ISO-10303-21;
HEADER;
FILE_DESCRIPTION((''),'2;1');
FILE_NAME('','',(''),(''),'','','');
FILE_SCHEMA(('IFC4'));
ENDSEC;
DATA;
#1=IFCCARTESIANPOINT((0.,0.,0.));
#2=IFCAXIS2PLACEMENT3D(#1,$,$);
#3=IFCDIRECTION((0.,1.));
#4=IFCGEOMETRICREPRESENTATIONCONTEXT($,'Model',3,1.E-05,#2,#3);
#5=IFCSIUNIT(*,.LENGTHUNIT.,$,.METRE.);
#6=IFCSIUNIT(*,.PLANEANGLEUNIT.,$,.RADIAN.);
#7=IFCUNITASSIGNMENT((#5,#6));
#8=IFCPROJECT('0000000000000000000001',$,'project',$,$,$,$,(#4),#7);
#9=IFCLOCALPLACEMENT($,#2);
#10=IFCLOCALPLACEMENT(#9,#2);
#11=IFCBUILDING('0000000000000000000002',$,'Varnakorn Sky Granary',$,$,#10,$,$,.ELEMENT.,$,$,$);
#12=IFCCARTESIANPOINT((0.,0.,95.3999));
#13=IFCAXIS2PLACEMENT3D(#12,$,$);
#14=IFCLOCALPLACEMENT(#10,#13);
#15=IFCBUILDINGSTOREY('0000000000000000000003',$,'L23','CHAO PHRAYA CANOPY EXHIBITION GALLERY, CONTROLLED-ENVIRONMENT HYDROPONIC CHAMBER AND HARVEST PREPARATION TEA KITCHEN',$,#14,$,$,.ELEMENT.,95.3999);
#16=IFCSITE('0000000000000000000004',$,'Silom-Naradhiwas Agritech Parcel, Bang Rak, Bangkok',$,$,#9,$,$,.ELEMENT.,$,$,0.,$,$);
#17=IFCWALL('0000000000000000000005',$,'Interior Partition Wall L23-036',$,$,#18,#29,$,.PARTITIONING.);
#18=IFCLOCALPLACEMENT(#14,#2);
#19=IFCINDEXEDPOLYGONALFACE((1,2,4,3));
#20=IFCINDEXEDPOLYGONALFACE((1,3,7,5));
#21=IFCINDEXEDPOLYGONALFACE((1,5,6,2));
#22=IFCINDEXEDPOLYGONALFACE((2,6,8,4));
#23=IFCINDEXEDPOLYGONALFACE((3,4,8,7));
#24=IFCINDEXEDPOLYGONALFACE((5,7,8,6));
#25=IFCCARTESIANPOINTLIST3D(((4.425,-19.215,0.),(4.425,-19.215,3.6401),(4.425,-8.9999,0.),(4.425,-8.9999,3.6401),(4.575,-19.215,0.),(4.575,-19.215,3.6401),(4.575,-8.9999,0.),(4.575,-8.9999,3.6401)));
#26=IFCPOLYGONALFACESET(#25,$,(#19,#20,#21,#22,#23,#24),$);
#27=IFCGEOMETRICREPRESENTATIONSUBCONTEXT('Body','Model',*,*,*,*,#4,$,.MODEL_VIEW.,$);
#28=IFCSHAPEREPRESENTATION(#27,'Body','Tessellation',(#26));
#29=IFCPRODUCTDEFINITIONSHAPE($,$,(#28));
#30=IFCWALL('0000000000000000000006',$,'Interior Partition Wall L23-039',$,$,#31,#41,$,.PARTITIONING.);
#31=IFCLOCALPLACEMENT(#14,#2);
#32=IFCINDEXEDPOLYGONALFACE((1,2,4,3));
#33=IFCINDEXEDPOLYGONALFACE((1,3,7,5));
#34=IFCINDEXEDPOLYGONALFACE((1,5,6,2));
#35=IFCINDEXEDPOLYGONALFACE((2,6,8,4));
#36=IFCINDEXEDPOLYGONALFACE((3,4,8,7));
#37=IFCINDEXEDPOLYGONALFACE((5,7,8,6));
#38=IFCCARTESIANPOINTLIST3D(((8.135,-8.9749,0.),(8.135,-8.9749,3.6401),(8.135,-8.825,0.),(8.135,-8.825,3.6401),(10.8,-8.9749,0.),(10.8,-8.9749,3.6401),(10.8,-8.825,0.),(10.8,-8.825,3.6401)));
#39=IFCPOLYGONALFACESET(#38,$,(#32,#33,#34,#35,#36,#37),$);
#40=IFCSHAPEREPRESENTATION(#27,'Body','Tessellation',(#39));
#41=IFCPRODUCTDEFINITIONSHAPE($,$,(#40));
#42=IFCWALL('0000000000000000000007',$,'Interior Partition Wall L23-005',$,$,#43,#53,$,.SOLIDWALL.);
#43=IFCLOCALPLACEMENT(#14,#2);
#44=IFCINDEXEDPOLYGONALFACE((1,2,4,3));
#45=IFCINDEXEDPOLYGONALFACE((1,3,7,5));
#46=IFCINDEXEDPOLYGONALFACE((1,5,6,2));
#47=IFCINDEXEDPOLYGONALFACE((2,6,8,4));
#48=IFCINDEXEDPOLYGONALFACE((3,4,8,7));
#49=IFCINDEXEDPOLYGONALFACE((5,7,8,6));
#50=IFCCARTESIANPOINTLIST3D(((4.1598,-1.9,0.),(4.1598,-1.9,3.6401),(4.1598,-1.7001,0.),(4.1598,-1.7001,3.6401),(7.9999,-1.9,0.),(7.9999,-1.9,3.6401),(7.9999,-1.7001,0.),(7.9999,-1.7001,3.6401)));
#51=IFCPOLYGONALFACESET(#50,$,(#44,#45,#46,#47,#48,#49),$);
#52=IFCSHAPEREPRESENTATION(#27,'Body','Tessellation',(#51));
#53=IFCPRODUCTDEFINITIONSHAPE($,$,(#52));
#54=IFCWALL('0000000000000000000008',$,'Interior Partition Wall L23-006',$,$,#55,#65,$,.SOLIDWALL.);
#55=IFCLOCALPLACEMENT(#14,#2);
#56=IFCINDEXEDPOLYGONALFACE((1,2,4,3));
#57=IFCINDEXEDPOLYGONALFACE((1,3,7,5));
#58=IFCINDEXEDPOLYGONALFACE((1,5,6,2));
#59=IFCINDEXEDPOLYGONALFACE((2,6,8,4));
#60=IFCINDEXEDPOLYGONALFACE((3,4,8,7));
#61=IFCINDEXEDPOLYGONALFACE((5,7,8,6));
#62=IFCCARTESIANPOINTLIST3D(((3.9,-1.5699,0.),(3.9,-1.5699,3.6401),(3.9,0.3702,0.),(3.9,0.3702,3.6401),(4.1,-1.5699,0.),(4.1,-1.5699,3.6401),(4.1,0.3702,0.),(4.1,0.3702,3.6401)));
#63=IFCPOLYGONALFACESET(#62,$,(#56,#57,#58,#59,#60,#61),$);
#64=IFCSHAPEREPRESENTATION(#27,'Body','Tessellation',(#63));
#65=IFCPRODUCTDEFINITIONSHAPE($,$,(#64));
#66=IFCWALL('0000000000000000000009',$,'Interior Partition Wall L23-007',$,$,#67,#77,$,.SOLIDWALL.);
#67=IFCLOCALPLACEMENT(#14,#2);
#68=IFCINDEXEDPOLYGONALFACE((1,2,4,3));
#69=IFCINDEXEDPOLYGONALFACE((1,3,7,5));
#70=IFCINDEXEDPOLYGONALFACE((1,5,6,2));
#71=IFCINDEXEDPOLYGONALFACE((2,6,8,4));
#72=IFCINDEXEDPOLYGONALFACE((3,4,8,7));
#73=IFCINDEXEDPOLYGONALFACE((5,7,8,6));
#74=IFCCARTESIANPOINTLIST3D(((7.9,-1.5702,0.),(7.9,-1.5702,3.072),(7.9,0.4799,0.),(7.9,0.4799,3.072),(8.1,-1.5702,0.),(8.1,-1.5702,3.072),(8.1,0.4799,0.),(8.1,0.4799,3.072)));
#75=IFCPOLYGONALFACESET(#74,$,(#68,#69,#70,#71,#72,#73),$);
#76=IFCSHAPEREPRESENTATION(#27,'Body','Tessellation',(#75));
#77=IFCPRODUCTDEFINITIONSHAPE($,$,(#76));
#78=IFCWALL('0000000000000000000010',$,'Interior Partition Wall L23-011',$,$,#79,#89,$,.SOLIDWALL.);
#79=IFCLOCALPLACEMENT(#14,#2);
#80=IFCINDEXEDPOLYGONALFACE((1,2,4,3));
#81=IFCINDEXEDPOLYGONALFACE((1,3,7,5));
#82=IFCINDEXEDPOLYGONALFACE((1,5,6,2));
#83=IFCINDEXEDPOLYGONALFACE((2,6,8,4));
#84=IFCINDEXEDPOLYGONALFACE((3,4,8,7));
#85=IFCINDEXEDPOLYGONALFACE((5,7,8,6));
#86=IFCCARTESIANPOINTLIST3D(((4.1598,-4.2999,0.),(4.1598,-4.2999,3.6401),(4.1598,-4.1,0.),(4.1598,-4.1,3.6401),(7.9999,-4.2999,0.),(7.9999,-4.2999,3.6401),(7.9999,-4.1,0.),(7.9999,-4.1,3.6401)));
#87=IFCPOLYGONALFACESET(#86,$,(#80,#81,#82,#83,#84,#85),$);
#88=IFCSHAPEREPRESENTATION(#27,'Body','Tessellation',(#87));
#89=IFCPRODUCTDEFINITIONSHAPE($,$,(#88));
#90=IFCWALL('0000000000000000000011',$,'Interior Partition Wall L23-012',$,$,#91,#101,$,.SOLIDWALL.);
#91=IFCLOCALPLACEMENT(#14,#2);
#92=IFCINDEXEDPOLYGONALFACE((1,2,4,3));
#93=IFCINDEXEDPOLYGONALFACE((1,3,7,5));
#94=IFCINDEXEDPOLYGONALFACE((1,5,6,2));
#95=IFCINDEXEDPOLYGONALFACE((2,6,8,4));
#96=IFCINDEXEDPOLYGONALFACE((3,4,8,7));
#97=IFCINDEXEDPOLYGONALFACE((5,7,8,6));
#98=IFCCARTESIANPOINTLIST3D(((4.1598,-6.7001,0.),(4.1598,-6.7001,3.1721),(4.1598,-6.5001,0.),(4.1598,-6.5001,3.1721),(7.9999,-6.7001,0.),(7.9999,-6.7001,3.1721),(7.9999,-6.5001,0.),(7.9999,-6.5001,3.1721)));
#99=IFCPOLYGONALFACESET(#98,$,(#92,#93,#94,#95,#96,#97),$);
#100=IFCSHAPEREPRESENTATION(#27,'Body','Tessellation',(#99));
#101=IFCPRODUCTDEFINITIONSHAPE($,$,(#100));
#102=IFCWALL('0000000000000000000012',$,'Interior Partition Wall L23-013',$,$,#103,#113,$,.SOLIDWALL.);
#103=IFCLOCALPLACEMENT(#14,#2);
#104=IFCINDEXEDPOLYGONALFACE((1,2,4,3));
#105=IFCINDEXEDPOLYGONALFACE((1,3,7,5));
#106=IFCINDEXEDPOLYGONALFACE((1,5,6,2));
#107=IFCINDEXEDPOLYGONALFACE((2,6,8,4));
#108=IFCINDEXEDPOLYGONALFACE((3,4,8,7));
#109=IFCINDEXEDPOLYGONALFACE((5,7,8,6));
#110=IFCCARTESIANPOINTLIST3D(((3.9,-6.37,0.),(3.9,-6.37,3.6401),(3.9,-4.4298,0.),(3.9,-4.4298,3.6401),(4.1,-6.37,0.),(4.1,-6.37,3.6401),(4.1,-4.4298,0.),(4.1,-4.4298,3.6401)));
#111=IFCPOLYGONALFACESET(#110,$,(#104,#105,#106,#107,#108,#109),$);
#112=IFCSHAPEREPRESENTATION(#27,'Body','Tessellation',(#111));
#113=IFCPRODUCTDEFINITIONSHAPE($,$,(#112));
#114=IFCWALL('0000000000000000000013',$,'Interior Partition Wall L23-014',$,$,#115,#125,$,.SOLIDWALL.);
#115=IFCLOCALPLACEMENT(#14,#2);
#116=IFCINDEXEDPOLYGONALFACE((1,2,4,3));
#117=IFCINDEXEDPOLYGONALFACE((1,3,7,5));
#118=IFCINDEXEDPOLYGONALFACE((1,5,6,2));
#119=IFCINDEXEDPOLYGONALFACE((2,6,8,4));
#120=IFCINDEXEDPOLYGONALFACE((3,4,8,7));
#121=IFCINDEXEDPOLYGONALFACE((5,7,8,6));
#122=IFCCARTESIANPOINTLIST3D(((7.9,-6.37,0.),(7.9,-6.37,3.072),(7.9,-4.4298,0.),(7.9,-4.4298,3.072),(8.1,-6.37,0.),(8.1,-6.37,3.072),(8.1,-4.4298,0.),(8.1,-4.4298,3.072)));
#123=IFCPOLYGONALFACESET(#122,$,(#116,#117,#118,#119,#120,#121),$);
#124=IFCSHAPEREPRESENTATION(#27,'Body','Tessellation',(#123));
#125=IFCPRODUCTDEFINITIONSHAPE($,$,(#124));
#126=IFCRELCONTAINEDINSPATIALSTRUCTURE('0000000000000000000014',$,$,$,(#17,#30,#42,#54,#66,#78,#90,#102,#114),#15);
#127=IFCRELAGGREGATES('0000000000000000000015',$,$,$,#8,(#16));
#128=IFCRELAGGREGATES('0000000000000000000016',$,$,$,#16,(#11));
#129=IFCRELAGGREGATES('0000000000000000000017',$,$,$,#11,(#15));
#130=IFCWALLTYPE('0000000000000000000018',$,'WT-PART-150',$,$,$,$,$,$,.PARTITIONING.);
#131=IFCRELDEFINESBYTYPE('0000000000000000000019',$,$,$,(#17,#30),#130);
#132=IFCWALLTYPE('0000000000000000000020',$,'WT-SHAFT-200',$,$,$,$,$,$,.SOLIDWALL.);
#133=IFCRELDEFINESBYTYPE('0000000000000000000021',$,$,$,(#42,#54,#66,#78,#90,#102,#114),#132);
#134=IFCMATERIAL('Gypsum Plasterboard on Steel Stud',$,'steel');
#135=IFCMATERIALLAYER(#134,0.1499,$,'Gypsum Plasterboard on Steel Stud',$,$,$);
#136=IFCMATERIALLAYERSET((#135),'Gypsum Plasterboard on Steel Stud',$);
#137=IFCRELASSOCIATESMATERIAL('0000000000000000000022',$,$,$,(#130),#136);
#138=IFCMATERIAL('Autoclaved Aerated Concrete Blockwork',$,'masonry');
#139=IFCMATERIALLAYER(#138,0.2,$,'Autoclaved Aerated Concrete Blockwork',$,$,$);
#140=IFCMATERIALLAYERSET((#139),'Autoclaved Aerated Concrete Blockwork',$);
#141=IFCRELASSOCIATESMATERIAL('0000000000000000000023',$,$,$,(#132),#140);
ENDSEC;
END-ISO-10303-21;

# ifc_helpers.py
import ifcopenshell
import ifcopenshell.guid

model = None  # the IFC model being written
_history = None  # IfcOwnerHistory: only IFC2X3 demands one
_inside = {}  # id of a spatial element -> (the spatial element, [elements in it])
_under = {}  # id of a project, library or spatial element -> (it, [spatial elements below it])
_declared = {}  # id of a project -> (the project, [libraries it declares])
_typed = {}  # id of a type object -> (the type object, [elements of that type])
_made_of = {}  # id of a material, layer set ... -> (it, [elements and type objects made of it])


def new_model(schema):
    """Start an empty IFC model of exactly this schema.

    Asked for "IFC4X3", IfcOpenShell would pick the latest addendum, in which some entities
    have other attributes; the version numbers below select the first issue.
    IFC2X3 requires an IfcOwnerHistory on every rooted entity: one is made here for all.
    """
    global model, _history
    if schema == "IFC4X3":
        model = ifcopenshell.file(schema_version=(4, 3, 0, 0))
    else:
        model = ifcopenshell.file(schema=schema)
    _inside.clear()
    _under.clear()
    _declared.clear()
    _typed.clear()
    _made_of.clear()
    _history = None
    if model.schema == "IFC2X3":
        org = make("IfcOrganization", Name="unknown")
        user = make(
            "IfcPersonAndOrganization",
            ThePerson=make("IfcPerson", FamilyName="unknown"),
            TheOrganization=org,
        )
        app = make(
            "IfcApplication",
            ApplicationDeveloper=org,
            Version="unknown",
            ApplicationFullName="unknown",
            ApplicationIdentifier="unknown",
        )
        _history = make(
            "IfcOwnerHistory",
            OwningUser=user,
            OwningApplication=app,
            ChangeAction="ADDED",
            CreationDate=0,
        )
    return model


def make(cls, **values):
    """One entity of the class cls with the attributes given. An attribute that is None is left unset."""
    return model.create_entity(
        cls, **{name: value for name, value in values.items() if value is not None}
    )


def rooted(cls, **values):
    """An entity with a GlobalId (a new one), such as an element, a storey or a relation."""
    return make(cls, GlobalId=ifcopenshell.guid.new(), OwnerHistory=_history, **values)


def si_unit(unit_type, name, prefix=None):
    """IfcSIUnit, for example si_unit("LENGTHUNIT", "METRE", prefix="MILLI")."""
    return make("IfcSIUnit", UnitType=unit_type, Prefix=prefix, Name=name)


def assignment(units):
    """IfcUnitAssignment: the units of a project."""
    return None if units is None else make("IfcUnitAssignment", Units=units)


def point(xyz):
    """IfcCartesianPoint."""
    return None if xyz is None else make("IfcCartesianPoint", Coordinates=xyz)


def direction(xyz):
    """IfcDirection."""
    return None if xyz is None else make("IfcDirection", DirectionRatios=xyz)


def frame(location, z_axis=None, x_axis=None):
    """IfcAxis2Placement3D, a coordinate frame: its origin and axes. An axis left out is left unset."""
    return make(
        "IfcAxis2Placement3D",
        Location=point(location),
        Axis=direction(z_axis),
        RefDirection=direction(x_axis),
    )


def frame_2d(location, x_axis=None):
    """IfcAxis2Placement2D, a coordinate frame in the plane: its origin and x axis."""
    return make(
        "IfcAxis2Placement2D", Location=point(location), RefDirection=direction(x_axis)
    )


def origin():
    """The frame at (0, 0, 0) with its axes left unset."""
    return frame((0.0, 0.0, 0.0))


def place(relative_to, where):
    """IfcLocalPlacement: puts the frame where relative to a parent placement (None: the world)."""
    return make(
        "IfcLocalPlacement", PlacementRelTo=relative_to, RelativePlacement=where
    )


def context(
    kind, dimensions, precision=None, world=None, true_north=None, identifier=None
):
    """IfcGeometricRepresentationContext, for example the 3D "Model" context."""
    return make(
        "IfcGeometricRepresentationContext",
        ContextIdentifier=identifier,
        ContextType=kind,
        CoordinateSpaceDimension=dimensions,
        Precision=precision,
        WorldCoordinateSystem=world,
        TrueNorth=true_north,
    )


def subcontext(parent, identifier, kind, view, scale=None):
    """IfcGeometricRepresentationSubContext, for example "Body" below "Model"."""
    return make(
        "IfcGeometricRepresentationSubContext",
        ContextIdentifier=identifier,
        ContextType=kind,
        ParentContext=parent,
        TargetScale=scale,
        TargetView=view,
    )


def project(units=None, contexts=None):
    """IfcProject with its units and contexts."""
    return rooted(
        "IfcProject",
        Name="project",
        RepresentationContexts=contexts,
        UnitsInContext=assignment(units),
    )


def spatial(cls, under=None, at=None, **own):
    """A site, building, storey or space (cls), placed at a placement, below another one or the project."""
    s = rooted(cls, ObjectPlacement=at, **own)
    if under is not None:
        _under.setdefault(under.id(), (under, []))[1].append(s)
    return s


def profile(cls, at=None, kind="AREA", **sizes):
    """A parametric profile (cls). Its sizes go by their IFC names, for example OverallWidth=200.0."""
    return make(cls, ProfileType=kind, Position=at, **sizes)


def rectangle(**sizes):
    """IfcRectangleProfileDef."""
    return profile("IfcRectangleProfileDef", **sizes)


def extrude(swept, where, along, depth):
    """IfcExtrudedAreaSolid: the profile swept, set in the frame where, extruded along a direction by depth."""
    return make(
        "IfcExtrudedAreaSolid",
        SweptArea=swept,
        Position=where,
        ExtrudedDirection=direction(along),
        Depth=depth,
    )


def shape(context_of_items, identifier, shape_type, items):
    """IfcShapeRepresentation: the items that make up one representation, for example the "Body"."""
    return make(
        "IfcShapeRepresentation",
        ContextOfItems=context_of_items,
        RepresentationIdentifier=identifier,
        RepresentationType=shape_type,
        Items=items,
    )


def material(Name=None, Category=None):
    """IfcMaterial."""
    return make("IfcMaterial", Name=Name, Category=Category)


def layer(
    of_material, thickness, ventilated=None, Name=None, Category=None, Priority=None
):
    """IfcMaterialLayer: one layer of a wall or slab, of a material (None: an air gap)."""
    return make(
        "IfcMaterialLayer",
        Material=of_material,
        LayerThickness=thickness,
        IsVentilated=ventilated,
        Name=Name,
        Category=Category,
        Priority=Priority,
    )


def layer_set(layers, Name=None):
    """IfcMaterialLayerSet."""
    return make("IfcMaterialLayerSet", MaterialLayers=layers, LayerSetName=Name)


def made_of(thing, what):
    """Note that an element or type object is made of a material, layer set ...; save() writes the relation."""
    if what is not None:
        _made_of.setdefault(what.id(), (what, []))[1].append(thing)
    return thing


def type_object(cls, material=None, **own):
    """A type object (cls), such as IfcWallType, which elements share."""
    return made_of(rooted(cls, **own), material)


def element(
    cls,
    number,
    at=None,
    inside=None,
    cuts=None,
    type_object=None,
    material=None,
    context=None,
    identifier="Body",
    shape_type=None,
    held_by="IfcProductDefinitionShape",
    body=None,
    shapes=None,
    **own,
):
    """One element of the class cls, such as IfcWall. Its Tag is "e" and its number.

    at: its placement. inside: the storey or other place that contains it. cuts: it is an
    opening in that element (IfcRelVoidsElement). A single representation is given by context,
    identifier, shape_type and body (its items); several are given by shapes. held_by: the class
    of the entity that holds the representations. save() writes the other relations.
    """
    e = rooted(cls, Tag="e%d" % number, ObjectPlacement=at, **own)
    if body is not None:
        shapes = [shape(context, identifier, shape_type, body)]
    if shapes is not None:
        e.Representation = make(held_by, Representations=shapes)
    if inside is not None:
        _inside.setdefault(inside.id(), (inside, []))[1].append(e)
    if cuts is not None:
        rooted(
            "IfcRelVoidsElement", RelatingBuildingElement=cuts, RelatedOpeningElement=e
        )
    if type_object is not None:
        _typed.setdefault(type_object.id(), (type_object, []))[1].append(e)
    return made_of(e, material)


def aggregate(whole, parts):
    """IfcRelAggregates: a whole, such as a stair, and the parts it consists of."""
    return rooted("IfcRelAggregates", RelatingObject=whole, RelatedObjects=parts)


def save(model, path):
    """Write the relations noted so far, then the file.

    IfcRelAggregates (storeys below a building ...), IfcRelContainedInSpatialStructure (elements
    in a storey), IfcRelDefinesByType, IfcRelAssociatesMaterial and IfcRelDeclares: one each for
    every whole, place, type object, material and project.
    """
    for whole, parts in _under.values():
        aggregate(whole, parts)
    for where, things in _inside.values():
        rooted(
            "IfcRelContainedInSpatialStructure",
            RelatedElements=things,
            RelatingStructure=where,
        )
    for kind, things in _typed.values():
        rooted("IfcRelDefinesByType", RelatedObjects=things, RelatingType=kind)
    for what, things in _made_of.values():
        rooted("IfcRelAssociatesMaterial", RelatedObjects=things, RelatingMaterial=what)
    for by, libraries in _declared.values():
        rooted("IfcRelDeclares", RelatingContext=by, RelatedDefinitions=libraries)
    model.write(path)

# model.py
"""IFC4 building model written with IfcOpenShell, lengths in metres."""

from ifc_helpers import new_model, si_unit, direction, frame, frame_2d, origin, place, context, subcontext, project, spatial, rectangle, extrude, material, layer, layer_set, type_object, element, save


model = new_model("IFC4")

# Units and contexts
model_context = context("Model", 3, precision=1e-05, world=origin(), true_north=direction((0.0, 1.0)))
body_context = subcontext(model_context, "Body", "Model", "MODEL_VIEW")
ifc_project = project(units=[si_unit("LENGTHUNIT", "METRE"), si_unit("PLANEANGLEUNIT", "RADIAN")], contexts=[model_context])

# Site, building, storey
site_placement = place(None, origin())
site = spatial("IfcSite", under=ifc_project, at=site_placement, Name="Silom-Naradhiwas Agritech Parcel, Bang Rak, Bangkok", CompositionType="ELEMENT", RefElevation=0.0)
building_placement = place(site_placement, origin())
building = spatial("IfcBuilding", under=site, at=building_placement, Name="Varnakorn Sky Granary", CompositionType="ELEMENT")
storey_placement = place(building_placement, frame((0.0, 0.0, 95.3999)))
storey = spatial("IfcBuildingStorey", under=building, at=storey_placement, Name="L23", Description="CHAO PHRAYA CANOPY EXHIBITION GALLERY, CONTROLLED-ENVIRONMENT HYDROPONIC CHAMBER AND HARVEST PREPARATION TEA KITCHEN", CompositionType="ELEMENT", Elevation=95.3999)

# Shared definitions
ifc_material_1 = material(Name="Autoclaved Aerated Concrete Blockwork", Category="masonry")
ifc_material_2 = material(Name="Gypsum Plasterboard on Steel Stud", Category="steel")
ifc_layer_1 = layer(ifc_material_2, 0.1499, Name="Gypsum Plasterboard on Steel Stud")
ifc_layer_set_1 = layer_set([ifc_layer_1], Name="Gypsum Plasterboard on Steel Stud")
wall_type_1 = type_object("IfcWallType", Name="WT-PART-150", PredefinedType="PARTITIONING", material=ifc_layer_set_1)

# Walls
wall_1_placement = place(storey_placement, frame((4.5, -9.0, 0.0), z_axis=(0.0, 0.0, 1.0), x_axis=(0.0, -1.0, 0.0)))
element("IfcWall", 1, at=wall_1_placement, inside=storey, type_object=wall_type_1, Name="Interior Partition Wall L23-036", PredefinedType="PARTITIONING", context=body_context, shape_type="SweptSolid", body=[
    extrude(rectangle(XDim=10.2151, YDim=0.1499, at=frame_2d((5.1074, 0.0))), origin(), (0.0, 0.0, 1.0), 3.6401),
])
wall_2_placement = place(storey_placement, frame((8.135, -8.8999, 0.0), z_axis=(0.0, 0.0, 1.0), x_axis=(1.0, 0.0, 0.0)))
element("IfcWall", 2, at=wall_2_placement, inside=storey, type_object=wall_type_1, Name="Interior Partition Wall L23-039", PredefinedType="PARTITIONING", context=body_context, shape_type="SweptSolid", body=[
    extrude(rectangle(XDim=2.665, YDim=0.1499, at=frame_2d((1.3325, 0.0))), origin(), (0.0, 0.0, 1.0), 3.6401),
])
ifc_layer_2 = layer(ifc_material_1, 0.2, Name="Autoclaved Aerated Concrete Blockwork")
ifc_layer_set_2 = layer_set([ifc_layer_2], Name="Autoclaved Aerated Concrete Blockwork")
wall_type_2 = type_object("IfcWallType", Name="WT-SHAFT-200", PredefinedType="SOLIDWALL", material=ifc_layer_set_2)
wall_3_placement = place(storey_placement, frame((4.1599, -1.8, 0.0), z_axis=(0.0, 0.0, 1.0), x_axis=(1.0, 0.0, 0.0)))
element("IfcWall", 3, at=wall_3_placement, inside=storey, type_object=wall_type_2, Name="Interior Partition Wall L23-005", PredefinedType="SOLIDWALL", context=body_context, shape_type="SweptSolid", body=[
    extrude(rectangle(XDim=3.8401, YDim=0.2, at=frame_2d((1.9199, 0.0))), origin(), (0.0, 0.0, 1.0), 3.6401),
])
wall_4_placement = place(storey_placement, frame((4.0, -1.5701, 0.0), z_axis=(0.0, 0.0, 1.0), x_axis=(0.0, 1.0, 0.0)))
element("IfcWall", 4, at=wall_4_placement, inside=storey, type_object=wall_type_2, Name="Interior Partition Wall L23-006", PredefinedType="SOLIDWALL", context=body_context, shape_type="SweptSolid", body=[
    extrude(rectangle(XDim=1.9402, YDim=0.2, at=frame_2d((0.9702, 0.0))), origin(), (0.0, 0.0, 1.0), 3.6401),
])
wall_5_placement = place(storey_placement, frame((8.0, -1.5701, 0.0), z_axis=(0.0, 0.0, 1.0), x_axis=(0.0, 1.0, 0.0)))
element("IfcWall", 5, at=wall_5_placement, inside=storey, type_object=wall_type_2, Name="Interior Partition Wall L23-007", PredefinedType="SOLIDWALL", context=body_context, shape_type="SweptSolid", body=[
    extrude(rectangle(XDim=2.05, YDim=0.2, at=frame_2d((1.0249, 0.0))), origin(), (0.0, 0.0, 1.0), 3.072),
])
wall_6_placement = place(storey_placement, frame((4.1599, -4.2, 0.0), z_axis=(0.0, 0.0, 1.0), x_axis=(1.0, 0.0, 0.0)))
element("IfcWall", 6, at=wall_6_placement, inside=storey, type_object=wall_type_2, Name="Interior Partition Wall L23-011", PredefinedType="SOLIDWALL", context=body_context, shape_type="SweptSolid", body=[
    extrude(rectangle(XDim=3.8401, YDim=0.2, at=frame_2d((1.9199, 0.0))), origin(), (0.0, 0.0, 1.0), 3.6401),
])
wall_7_placement = place(storey_placement, frame((4.1599, -6.6001, 0.0), z_axis=(0.0, 0.0, 1.0), x_axis=(1.0, 0.0, 0.0)))
element("IfcWall", 7, at=wall_7_placement, inside=storey, type_object=wall_type_2, Name="Interior Partition Wall L23-012", PredefinedType="SOLIDWALL", context=body_context, shape_type="SweptSolid", body=[
    extrude(rectangle(XDim=3.8401, YDim=0.2, at=frame_2d((1.9199, 0.0))), origin(), (0.0, 0.0, 1.0), 3.1721),
])
wall_8_placement = place(storey_placement, frame((4.0, -6.3701, 0.0), z_axis=(0.0, 0.0, 1.0), x_axis=(0.0, 1.0, 0.0)))
element("IfcWall", 8, at=wall_8_placement, inside=storey, type_object=wall_type_2, Name="Interior Partition Wall L23-013", PredefinedType="SOLIDWALL", context=body_context, shape_type="SweptSolid", body=[
    extrude(rectangle(XDim=1.9402, YDim=0.2, at=frame_2d((0.9702, 0.0))), origin(), (0.0, 0.0, 1.0), 3.6401),
])
wall_9_placement = place(storey_placement, frame((8.0, -6.3701, 0.0), z_axis=(0.0, 0.0, 1.0), x_axis=(0.0, 1.0, 0.0)))
element("IfcWall", 9, at=wall_9_placement, inside=storey, type_object=wall_type_2, Name="Interior Partition Wall L23-014", PredefinedType="SOLIDWALL", context=body_context, shape_type="SweptSolid", body=[
    extrude(rectangle(XDim=1.9402, YDim=0.2, at=frame_2d((0.9702, 0.0))), origin(), (0.0, 0.0, 1.0), 3.072),
])

save(model, "model.ifc")
